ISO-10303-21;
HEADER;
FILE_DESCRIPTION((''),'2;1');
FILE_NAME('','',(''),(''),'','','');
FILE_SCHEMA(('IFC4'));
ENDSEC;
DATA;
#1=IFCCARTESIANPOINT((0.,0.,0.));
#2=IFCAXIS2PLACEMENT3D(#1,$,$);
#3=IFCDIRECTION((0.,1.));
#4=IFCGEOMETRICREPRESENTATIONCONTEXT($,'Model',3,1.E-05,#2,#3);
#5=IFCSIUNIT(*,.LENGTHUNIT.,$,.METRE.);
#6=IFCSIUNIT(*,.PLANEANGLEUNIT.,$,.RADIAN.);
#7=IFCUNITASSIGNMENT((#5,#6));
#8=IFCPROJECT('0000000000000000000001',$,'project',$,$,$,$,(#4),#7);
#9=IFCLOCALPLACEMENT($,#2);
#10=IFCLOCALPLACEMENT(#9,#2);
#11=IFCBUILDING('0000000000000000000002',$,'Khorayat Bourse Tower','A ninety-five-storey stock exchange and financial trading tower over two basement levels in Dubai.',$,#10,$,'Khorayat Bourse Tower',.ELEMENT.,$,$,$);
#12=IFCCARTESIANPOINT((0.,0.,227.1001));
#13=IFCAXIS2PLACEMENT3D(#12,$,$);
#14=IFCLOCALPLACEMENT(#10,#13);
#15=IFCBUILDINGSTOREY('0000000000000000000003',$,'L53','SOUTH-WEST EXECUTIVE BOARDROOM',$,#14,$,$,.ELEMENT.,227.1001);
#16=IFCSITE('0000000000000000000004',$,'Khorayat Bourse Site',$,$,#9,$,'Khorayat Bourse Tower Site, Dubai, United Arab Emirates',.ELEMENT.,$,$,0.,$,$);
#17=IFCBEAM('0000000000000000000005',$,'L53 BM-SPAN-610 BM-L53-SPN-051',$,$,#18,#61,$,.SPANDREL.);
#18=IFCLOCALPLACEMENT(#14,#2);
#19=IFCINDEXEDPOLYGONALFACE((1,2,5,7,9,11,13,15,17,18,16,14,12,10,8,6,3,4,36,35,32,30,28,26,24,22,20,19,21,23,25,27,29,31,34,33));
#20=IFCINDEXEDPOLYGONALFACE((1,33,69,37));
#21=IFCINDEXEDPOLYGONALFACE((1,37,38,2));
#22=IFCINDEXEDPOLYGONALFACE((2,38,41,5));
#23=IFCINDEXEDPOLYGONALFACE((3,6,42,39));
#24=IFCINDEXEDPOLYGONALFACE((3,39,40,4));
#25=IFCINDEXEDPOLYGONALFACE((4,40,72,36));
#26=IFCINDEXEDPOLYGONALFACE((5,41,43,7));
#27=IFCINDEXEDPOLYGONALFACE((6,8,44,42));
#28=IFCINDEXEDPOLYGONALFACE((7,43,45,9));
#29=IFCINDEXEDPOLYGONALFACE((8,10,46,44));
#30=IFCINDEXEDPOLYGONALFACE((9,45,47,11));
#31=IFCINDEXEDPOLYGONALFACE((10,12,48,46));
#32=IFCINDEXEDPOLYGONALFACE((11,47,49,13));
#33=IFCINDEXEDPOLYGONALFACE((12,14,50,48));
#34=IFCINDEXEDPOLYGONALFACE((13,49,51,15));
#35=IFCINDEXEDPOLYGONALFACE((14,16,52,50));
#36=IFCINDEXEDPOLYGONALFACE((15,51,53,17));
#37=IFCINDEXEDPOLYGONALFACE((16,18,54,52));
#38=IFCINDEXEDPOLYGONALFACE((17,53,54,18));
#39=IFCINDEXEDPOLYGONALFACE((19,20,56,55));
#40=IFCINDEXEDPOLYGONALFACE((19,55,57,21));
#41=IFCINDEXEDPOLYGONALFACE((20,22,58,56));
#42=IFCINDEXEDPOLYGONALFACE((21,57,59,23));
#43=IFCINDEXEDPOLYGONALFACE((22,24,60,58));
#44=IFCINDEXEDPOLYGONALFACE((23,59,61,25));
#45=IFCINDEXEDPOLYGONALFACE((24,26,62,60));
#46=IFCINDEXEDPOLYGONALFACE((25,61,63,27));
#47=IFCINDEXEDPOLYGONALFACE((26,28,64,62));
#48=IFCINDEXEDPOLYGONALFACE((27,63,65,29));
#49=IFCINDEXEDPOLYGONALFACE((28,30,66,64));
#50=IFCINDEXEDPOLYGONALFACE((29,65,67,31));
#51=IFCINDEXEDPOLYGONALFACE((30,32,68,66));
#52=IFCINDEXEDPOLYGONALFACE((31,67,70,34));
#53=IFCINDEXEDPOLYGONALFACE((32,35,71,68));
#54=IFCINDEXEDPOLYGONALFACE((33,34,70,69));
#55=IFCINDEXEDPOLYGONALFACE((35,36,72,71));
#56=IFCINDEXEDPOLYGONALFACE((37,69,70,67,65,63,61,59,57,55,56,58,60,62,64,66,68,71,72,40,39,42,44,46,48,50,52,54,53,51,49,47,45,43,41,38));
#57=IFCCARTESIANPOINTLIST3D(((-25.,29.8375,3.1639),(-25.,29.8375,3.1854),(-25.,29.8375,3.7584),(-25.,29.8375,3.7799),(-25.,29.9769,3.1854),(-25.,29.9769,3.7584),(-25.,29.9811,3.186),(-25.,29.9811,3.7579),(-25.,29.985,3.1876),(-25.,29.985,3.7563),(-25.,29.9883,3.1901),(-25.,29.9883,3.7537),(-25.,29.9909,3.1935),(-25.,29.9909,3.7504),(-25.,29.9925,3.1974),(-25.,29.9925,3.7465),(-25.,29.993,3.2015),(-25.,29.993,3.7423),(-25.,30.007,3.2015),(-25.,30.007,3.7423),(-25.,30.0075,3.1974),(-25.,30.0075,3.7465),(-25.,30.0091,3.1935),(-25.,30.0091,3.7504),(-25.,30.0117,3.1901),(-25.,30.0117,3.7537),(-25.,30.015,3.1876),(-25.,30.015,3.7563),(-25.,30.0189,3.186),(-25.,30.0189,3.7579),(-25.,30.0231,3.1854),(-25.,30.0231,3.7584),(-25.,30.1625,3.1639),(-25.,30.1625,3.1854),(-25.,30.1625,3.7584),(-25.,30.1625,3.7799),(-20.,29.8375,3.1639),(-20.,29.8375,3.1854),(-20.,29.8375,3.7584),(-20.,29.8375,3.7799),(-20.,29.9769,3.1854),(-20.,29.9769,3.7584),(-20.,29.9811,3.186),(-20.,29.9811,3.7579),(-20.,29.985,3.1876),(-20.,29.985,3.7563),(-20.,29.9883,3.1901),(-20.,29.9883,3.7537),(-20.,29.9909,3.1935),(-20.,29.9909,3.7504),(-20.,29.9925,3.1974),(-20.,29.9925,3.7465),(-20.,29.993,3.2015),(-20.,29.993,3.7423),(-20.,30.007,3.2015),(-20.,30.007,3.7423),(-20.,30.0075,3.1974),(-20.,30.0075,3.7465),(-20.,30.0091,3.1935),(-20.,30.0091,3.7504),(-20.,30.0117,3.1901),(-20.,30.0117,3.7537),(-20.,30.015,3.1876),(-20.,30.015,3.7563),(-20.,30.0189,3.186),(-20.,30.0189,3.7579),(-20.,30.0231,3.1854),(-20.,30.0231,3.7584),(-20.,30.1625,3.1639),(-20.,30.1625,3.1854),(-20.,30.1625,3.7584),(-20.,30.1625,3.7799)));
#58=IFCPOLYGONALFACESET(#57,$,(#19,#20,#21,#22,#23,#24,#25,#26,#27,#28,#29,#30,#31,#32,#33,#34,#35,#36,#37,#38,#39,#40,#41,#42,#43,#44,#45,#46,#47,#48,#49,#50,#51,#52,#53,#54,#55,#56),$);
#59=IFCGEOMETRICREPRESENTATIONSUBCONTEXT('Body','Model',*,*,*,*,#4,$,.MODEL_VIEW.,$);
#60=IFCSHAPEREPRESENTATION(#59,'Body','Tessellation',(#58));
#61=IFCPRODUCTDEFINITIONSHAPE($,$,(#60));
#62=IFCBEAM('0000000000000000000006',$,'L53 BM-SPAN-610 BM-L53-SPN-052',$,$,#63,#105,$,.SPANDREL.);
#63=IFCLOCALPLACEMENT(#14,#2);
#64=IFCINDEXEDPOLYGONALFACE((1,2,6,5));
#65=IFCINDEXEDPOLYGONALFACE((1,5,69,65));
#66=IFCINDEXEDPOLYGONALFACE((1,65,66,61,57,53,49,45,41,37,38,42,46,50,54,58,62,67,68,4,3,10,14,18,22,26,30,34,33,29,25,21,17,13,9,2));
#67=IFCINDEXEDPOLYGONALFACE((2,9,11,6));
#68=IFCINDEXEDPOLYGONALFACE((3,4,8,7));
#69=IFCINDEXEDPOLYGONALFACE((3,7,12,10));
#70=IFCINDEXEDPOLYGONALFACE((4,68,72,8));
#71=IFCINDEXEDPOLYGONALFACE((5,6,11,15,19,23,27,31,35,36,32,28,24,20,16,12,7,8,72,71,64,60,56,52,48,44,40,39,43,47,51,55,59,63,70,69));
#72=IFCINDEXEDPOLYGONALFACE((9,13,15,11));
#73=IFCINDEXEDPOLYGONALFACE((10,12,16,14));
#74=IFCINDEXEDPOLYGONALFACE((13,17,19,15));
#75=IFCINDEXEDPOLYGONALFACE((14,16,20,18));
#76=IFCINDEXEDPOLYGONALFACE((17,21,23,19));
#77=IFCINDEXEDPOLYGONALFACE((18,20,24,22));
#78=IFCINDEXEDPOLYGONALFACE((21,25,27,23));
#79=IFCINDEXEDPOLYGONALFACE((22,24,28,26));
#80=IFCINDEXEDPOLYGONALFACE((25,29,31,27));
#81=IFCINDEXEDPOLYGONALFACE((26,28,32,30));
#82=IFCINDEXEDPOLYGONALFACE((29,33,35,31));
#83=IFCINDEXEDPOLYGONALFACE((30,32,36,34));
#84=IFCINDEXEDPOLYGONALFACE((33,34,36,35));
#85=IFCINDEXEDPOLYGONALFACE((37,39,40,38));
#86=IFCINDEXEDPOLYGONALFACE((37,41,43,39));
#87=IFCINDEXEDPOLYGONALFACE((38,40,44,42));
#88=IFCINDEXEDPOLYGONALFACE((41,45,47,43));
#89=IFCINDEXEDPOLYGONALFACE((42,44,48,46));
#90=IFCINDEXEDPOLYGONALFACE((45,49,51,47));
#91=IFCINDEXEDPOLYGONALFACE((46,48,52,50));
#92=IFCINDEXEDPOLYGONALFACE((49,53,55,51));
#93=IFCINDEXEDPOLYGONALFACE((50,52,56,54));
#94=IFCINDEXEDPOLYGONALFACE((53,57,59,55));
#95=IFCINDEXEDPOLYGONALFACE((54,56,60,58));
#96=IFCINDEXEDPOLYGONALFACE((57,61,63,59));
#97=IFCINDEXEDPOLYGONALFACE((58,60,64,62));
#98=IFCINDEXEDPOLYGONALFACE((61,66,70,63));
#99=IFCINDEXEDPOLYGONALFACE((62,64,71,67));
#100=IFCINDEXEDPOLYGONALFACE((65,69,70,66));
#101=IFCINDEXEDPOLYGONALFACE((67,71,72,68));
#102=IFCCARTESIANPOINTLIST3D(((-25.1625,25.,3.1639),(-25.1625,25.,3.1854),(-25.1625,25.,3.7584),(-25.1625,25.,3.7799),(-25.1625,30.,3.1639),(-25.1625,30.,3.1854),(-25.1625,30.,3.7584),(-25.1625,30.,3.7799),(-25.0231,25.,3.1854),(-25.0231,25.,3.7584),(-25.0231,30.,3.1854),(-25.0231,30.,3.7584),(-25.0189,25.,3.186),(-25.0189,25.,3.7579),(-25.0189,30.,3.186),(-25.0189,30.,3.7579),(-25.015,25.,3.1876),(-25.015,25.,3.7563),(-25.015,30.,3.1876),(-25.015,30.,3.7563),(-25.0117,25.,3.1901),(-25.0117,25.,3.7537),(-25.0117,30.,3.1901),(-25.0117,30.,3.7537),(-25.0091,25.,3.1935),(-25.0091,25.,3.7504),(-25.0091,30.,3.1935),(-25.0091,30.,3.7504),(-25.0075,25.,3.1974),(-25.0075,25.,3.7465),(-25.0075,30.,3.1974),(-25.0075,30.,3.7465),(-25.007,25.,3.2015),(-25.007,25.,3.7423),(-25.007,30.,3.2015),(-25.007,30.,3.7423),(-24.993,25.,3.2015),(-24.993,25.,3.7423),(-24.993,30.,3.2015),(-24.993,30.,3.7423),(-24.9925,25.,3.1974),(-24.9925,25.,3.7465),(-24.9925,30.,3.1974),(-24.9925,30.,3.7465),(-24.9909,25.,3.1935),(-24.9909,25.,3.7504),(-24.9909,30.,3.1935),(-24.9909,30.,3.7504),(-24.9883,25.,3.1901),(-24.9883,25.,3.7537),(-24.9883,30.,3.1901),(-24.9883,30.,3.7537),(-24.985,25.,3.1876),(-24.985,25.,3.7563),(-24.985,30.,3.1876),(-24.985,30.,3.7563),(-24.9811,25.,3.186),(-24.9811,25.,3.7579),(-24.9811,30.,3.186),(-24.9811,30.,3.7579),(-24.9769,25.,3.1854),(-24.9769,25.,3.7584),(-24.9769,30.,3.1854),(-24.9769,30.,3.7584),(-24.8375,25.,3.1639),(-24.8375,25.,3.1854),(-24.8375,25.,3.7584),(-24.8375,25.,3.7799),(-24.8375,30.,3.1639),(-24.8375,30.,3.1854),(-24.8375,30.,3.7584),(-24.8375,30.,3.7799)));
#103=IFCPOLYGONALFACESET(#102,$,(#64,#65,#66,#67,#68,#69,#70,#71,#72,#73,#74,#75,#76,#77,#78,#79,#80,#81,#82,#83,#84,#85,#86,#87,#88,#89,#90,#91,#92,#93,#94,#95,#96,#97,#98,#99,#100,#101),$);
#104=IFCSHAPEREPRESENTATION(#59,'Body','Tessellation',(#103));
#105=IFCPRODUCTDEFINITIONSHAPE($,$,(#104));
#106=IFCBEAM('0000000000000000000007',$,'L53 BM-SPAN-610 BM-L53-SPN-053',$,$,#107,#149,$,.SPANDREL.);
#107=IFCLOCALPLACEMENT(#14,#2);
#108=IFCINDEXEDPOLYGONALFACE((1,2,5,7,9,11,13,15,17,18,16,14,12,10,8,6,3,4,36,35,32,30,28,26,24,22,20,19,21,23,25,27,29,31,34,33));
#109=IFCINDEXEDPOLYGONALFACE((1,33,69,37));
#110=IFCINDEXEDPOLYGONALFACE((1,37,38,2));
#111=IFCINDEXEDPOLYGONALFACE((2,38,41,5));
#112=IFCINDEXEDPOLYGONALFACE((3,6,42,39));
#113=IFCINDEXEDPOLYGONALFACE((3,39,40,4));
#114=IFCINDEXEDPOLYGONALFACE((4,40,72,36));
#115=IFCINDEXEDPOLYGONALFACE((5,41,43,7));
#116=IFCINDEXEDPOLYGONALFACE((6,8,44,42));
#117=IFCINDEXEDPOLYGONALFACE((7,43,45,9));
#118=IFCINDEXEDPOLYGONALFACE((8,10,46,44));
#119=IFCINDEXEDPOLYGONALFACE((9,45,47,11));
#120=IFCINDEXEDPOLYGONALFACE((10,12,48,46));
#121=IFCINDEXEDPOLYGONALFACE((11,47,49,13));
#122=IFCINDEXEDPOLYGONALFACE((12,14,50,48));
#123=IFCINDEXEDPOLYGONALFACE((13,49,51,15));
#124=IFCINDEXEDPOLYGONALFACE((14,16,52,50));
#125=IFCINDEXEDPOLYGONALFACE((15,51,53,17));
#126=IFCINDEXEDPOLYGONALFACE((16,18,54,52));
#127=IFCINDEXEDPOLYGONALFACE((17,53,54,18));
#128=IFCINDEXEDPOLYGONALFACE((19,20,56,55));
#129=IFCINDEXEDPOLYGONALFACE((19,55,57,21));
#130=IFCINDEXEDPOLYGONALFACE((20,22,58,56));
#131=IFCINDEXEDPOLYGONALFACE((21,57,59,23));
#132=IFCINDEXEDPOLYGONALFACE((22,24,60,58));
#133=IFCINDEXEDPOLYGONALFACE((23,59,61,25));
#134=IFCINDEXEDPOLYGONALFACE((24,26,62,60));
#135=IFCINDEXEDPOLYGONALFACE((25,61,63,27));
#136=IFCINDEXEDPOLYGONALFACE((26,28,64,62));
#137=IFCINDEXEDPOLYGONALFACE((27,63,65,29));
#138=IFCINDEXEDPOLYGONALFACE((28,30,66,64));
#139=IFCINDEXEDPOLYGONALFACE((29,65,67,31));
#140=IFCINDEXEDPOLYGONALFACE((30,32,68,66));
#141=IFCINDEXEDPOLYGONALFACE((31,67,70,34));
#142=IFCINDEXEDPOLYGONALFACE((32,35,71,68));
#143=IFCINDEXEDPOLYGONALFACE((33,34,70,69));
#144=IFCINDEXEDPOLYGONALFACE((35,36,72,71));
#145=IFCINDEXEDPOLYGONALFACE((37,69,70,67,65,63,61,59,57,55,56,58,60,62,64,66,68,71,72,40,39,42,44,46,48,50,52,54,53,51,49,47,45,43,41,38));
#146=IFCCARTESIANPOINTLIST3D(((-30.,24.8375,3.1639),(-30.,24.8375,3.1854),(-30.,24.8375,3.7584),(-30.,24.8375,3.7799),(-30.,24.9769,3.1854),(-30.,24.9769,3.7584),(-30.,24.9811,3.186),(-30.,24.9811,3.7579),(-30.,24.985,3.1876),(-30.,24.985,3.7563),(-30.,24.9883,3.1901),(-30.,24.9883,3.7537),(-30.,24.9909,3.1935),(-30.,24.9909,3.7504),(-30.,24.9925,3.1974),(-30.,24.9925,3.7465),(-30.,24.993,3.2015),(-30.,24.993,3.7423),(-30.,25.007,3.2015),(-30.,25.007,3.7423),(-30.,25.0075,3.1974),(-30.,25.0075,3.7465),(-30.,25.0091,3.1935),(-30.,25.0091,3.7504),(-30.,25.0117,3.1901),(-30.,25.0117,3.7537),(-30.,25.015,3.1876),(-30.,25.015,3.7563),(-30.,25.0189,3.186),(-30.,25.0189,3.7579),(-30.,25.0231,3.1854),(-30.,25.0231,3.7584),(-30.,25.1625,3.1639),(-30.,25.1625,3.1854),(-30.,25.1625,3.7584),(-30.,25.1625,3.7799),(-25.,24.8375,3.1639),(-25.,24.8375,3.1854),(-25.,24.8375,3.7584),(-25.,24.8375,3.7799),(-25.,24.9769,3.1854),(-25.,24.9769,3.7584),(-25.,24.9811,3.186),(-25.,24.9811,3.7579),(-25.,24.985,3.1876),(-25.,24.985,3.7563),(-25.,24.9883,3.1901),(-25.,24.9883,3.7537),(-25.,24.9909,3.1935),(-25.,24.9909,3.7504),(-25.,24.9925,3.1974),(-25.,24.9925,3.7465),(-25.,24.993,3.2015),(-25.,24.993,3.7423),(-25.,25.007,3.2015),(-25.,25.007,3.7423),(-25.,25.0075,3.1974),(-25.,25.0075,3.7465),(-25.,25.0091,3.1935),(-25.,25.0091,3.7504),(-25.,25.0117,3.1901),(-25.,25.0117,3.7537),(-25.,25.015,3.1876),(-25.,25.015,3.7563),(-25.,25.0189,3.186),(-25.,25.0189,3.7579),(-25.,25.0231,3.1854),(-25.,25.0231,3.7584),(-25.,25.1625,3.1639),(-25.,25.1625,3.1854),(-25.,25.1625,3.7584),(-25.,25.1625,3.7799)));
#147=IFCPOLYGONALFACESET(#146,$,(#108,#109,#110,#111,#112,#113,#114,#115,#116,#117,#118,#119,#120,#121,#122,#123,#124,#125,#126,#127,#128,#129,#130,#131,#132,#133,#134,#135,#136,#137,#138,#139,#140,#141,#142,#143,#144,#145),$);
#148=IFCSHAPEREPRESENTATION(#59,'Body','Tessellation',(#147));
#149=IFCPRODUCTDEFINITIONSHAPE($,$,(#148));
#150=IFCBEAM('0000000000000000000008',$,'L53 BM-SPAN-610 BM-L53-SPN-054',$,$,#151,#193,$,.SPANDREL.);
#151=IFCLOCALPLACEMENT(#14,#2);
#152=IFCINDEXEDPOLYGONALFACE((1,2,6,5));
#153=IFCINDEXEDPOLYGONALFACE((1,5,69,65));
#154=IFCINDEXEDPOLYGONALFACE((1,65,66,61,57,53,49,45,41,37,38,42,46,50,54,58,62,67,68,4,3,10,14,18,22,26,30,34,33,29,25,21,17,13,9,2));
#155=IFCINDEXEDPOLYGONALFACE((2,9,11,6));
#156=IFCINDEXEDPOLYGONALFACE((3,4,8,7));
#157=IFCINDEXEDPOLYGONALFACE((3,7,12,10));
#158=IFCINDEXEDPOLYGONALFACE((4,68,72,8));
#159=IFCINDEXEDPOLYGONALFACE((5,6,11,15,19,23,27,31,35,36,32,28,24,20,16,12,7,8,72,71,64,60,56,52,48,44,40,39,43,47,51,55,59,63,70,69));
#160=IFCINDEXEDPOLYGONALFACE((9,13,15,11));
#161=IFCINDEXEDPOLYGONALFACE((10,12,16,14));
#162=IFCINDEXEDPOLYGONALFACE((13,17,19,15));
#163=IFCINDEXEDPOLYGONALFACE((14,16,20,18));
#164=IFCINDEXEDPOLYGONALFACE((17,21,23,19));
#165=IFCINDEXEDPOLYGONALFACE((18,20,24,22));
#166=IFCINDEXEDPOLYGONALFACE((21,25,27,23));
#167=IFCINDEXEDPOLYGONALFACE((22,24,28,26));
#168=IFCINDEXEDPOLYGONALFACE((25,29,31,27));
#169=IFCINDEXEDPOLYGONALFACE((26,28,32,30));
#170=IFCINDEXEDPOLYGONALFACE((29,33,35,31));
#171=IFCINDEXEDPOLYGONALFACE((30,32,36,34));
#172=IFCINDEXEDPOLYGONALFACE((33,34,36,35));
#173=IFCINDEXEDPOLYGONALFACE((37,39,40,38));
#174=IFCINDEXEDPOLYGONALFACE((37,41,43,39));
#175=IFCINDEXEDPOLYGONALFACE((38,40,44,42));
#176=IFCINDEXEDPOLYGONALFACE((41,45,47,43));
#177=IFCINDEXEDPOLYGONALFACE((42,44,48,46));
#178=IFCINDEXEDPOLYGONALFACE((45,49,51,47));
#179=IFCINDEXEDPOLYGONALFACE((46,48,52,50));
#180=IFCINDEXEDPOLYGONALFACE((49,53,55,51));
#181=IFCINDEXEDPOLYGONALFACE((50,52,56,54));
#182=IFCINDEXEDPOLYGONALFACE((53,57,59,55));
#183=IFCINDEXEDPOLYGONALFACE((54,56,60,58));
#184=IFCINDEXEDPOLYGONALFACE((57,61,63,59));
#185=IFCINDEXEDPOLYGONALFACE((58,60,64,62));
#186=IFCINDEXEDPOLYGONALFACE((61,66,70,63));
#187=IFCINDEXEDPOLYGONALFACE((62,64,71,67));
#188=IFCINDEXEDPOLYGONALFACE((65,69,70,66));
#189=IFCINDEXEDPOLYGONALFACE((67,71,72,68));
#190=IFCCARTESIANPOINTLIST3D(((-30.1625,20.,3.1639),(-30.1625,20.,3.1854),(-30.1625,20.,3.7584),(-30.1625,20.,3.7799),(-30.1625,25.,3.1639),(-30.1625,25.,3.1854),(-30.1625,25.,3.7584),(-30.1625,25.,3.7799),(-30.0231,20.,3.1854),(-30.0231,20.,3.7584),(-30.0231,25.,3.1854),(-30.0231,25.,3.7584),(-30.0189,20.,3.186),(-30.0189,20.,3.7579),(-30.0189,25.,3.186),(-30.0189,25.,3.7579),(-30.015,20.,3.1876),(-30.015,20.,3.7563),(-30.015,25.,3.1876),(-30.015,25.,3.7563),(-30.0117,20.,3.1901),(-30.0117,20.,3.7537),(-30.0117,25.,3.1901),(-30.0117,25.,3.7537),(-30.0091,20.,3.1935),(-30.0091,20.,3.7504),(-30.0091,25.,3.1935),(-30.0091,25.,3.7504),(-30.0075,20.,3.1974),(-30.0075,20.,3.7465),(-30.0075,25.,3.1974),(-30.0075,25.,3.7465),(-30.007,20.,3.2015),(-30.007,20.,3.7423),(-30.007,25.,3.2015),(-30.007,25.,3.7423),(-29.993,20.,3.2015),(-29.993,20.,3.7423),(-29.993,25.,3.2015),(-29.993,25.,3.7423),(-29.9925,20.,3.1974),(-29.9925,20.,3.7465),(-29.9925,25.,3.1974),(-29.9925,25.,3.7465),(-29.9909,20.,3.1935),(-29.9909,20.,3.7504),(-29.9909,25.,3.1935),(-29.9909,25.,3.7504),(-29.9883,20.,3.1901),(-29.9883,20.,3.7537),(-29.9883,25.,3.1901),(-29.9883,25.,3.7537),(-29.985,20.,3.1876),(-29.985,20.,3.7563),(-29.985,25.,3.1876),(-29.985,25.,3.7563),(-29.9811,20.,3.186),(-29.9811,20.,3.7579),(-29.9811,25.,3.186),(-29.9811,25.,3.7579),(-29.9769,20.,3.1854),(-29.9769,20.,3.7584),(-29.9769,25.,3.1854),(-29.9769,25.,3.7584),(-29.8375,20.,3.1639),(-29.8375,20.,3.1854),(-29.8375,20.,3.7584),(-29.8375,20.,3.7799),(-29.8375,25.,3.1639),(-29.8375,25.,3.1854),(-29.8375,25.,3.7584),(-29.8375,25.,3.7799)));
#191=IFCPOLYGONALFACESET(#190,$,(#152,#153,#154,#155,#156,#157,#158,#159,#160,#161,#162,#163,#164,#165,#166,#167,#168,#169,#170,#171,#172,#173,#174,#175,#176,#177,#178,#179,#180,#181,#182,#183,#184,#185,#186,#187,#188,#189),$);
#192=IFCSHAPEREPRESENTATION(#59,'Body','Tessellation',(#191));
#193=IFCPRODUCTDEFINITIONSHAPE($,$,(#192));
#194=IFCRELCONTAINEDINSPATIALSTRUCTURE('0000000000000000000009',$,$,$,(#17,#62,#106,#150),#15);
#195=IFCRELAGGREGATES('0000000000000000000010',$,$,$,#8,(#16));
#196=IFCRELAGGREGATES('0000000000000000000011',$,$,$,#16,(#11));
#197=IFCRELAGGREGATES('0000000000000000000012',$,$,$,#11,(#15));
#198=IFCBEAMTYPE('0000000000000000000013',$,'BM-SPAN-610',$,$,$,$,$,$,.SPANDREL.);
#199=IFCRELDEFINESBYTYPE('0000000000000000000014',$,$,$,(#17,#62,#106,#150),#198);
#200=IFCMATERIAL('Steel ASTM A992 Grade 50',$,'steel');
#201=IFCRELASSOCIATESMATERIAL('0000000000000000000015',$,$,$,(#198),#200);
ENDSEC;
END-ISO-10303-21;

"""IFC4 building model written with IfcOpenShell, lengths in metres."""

from ifc_helpers import new_model, si_unit, direction, frame, origin, origin_2d, place, context, subcontext, project, spatial, i_section, extrude, source, transform, mapped, material, material_profile, profile_set, type_object, element, save


model = new_model("IFC4")

# Units and contexts
model_context = context("Model", 3, precision=1e-05, world=origin(), true_north=direction((0.0, 1.0)))
body_context = subcontext(model_context, "Body", "Model", "MODEL_VIEW")
ifc_project = project(units=[si_unit("LENGTHUNIT", "METRE"), si_unit("PLANEANGLEUNIT", "RADIAN")], contexts=[model_context])

# Site, building, storey
site_placement = place(None, origin())
site = spatial("IfcSite", under=ifc_project, at=site_placement, Name="Khorayat Bourse Site", LongName="Khorayat Bourse Tower Site, Dubai, United Arab Emirates", CompositionType="ELEMENT", RefElevation=0.0)
building_placement = place(site_placement, origin())
building = spatial("IfcBuilding", under=site, at=building_placement, Name="Khorayat Bourse Tower", Description="A ninety-five-storey stock exchange and financial trading tower over two basement levels in Dubai.", LongName="Khorayat Bourse Tower", CompositionType="ELEMENT")
storey_placement = place(building_placement, frame((0.0, 0.0, 227.1001)))
storey = spatial("IfcBuildingStorey", under=building, at=storey_placement, Name="L53", Description="SOUTH-WEST EXECUTIVE BOARDROOM", CompositionType="ELEMENT", Elevation=227.1001)

# Beams
ifc_material_1 = material(Name="Steel ASTM A992 Grade 50", Category="steel")
ifc_material_profile_1 = material_profile(ifc_material_1, i_section(OverallWidth=0.325, OverallDepth=0.616, WebThickness=0.0139, FlangeThickness=0.0215, FilletRadius=0.0161, at=origin_2d()), Name="W610X174")
ifc_profile_set_1 = profile_set([ifc_material_profile_1], Name="Steel ASTM A992 Grade 50")
beam_type_1 = type_object("IfcBeamType", Name="BM-SPAN-610", PredefinedType="SPANDREL", material=ifc_profile_set_1)
shared_shape_1 = source(origin(), body_context, "Body", "SweptSolid", [
    extrude(i_section(OverallWidth=0.325, OverallDepth=0.616, WebThickness=0.0139, FlangeThickness=0.0215, FilletRadius=0.0161, at=origin_2d()), origin(), (0.0, 0.0, 1.0), 5.0),
])
for number, where, z_axis, x_axis, name in (
    (1, (-25.0, 30.0, 3.4719), (1.0, 0.0, 0.0), (0.0, 1.0, 0.0), "L53 BM-SPAN-610 BM-L53-SPN-051"),
    (2, (-25.0, 25.0, 3.4719), (0.0, 1.0, 0.0), (-1.0, 0.0, 0.0), "L53 BM-SPAN-610 BM-L53-SPN-052"),
    (3, (-30.0, 25.0, 3.4719), (1.0, 0.0, 0.0), (0.0, 1.0, 0.0), "L53 BM-SPAN-610 BM-L53-SPN-053"),
    (4, (-30.0, 20.0, 3.4719), (0.0, 1.0, 0.0), (-1.0, 0.0, 0.0), "L53 BM-SPAN-610 BM-L53-SPN-054"),
):
    element("IfcBeam", number, at=place(storey_placement, frame(where, z_axis=z_axis, x_axis=x_axis)), inside=storey, type_object=beam_type_1, Name=name, PredefinedType="SPANDREL", context=body_context, shape_type="MappedRepresentation", body=[
        mapped(shared_shape_1, transform((0.0, 0.0, 0.0), scale=1.0)),
    ])

save(model, "model.ifc")
